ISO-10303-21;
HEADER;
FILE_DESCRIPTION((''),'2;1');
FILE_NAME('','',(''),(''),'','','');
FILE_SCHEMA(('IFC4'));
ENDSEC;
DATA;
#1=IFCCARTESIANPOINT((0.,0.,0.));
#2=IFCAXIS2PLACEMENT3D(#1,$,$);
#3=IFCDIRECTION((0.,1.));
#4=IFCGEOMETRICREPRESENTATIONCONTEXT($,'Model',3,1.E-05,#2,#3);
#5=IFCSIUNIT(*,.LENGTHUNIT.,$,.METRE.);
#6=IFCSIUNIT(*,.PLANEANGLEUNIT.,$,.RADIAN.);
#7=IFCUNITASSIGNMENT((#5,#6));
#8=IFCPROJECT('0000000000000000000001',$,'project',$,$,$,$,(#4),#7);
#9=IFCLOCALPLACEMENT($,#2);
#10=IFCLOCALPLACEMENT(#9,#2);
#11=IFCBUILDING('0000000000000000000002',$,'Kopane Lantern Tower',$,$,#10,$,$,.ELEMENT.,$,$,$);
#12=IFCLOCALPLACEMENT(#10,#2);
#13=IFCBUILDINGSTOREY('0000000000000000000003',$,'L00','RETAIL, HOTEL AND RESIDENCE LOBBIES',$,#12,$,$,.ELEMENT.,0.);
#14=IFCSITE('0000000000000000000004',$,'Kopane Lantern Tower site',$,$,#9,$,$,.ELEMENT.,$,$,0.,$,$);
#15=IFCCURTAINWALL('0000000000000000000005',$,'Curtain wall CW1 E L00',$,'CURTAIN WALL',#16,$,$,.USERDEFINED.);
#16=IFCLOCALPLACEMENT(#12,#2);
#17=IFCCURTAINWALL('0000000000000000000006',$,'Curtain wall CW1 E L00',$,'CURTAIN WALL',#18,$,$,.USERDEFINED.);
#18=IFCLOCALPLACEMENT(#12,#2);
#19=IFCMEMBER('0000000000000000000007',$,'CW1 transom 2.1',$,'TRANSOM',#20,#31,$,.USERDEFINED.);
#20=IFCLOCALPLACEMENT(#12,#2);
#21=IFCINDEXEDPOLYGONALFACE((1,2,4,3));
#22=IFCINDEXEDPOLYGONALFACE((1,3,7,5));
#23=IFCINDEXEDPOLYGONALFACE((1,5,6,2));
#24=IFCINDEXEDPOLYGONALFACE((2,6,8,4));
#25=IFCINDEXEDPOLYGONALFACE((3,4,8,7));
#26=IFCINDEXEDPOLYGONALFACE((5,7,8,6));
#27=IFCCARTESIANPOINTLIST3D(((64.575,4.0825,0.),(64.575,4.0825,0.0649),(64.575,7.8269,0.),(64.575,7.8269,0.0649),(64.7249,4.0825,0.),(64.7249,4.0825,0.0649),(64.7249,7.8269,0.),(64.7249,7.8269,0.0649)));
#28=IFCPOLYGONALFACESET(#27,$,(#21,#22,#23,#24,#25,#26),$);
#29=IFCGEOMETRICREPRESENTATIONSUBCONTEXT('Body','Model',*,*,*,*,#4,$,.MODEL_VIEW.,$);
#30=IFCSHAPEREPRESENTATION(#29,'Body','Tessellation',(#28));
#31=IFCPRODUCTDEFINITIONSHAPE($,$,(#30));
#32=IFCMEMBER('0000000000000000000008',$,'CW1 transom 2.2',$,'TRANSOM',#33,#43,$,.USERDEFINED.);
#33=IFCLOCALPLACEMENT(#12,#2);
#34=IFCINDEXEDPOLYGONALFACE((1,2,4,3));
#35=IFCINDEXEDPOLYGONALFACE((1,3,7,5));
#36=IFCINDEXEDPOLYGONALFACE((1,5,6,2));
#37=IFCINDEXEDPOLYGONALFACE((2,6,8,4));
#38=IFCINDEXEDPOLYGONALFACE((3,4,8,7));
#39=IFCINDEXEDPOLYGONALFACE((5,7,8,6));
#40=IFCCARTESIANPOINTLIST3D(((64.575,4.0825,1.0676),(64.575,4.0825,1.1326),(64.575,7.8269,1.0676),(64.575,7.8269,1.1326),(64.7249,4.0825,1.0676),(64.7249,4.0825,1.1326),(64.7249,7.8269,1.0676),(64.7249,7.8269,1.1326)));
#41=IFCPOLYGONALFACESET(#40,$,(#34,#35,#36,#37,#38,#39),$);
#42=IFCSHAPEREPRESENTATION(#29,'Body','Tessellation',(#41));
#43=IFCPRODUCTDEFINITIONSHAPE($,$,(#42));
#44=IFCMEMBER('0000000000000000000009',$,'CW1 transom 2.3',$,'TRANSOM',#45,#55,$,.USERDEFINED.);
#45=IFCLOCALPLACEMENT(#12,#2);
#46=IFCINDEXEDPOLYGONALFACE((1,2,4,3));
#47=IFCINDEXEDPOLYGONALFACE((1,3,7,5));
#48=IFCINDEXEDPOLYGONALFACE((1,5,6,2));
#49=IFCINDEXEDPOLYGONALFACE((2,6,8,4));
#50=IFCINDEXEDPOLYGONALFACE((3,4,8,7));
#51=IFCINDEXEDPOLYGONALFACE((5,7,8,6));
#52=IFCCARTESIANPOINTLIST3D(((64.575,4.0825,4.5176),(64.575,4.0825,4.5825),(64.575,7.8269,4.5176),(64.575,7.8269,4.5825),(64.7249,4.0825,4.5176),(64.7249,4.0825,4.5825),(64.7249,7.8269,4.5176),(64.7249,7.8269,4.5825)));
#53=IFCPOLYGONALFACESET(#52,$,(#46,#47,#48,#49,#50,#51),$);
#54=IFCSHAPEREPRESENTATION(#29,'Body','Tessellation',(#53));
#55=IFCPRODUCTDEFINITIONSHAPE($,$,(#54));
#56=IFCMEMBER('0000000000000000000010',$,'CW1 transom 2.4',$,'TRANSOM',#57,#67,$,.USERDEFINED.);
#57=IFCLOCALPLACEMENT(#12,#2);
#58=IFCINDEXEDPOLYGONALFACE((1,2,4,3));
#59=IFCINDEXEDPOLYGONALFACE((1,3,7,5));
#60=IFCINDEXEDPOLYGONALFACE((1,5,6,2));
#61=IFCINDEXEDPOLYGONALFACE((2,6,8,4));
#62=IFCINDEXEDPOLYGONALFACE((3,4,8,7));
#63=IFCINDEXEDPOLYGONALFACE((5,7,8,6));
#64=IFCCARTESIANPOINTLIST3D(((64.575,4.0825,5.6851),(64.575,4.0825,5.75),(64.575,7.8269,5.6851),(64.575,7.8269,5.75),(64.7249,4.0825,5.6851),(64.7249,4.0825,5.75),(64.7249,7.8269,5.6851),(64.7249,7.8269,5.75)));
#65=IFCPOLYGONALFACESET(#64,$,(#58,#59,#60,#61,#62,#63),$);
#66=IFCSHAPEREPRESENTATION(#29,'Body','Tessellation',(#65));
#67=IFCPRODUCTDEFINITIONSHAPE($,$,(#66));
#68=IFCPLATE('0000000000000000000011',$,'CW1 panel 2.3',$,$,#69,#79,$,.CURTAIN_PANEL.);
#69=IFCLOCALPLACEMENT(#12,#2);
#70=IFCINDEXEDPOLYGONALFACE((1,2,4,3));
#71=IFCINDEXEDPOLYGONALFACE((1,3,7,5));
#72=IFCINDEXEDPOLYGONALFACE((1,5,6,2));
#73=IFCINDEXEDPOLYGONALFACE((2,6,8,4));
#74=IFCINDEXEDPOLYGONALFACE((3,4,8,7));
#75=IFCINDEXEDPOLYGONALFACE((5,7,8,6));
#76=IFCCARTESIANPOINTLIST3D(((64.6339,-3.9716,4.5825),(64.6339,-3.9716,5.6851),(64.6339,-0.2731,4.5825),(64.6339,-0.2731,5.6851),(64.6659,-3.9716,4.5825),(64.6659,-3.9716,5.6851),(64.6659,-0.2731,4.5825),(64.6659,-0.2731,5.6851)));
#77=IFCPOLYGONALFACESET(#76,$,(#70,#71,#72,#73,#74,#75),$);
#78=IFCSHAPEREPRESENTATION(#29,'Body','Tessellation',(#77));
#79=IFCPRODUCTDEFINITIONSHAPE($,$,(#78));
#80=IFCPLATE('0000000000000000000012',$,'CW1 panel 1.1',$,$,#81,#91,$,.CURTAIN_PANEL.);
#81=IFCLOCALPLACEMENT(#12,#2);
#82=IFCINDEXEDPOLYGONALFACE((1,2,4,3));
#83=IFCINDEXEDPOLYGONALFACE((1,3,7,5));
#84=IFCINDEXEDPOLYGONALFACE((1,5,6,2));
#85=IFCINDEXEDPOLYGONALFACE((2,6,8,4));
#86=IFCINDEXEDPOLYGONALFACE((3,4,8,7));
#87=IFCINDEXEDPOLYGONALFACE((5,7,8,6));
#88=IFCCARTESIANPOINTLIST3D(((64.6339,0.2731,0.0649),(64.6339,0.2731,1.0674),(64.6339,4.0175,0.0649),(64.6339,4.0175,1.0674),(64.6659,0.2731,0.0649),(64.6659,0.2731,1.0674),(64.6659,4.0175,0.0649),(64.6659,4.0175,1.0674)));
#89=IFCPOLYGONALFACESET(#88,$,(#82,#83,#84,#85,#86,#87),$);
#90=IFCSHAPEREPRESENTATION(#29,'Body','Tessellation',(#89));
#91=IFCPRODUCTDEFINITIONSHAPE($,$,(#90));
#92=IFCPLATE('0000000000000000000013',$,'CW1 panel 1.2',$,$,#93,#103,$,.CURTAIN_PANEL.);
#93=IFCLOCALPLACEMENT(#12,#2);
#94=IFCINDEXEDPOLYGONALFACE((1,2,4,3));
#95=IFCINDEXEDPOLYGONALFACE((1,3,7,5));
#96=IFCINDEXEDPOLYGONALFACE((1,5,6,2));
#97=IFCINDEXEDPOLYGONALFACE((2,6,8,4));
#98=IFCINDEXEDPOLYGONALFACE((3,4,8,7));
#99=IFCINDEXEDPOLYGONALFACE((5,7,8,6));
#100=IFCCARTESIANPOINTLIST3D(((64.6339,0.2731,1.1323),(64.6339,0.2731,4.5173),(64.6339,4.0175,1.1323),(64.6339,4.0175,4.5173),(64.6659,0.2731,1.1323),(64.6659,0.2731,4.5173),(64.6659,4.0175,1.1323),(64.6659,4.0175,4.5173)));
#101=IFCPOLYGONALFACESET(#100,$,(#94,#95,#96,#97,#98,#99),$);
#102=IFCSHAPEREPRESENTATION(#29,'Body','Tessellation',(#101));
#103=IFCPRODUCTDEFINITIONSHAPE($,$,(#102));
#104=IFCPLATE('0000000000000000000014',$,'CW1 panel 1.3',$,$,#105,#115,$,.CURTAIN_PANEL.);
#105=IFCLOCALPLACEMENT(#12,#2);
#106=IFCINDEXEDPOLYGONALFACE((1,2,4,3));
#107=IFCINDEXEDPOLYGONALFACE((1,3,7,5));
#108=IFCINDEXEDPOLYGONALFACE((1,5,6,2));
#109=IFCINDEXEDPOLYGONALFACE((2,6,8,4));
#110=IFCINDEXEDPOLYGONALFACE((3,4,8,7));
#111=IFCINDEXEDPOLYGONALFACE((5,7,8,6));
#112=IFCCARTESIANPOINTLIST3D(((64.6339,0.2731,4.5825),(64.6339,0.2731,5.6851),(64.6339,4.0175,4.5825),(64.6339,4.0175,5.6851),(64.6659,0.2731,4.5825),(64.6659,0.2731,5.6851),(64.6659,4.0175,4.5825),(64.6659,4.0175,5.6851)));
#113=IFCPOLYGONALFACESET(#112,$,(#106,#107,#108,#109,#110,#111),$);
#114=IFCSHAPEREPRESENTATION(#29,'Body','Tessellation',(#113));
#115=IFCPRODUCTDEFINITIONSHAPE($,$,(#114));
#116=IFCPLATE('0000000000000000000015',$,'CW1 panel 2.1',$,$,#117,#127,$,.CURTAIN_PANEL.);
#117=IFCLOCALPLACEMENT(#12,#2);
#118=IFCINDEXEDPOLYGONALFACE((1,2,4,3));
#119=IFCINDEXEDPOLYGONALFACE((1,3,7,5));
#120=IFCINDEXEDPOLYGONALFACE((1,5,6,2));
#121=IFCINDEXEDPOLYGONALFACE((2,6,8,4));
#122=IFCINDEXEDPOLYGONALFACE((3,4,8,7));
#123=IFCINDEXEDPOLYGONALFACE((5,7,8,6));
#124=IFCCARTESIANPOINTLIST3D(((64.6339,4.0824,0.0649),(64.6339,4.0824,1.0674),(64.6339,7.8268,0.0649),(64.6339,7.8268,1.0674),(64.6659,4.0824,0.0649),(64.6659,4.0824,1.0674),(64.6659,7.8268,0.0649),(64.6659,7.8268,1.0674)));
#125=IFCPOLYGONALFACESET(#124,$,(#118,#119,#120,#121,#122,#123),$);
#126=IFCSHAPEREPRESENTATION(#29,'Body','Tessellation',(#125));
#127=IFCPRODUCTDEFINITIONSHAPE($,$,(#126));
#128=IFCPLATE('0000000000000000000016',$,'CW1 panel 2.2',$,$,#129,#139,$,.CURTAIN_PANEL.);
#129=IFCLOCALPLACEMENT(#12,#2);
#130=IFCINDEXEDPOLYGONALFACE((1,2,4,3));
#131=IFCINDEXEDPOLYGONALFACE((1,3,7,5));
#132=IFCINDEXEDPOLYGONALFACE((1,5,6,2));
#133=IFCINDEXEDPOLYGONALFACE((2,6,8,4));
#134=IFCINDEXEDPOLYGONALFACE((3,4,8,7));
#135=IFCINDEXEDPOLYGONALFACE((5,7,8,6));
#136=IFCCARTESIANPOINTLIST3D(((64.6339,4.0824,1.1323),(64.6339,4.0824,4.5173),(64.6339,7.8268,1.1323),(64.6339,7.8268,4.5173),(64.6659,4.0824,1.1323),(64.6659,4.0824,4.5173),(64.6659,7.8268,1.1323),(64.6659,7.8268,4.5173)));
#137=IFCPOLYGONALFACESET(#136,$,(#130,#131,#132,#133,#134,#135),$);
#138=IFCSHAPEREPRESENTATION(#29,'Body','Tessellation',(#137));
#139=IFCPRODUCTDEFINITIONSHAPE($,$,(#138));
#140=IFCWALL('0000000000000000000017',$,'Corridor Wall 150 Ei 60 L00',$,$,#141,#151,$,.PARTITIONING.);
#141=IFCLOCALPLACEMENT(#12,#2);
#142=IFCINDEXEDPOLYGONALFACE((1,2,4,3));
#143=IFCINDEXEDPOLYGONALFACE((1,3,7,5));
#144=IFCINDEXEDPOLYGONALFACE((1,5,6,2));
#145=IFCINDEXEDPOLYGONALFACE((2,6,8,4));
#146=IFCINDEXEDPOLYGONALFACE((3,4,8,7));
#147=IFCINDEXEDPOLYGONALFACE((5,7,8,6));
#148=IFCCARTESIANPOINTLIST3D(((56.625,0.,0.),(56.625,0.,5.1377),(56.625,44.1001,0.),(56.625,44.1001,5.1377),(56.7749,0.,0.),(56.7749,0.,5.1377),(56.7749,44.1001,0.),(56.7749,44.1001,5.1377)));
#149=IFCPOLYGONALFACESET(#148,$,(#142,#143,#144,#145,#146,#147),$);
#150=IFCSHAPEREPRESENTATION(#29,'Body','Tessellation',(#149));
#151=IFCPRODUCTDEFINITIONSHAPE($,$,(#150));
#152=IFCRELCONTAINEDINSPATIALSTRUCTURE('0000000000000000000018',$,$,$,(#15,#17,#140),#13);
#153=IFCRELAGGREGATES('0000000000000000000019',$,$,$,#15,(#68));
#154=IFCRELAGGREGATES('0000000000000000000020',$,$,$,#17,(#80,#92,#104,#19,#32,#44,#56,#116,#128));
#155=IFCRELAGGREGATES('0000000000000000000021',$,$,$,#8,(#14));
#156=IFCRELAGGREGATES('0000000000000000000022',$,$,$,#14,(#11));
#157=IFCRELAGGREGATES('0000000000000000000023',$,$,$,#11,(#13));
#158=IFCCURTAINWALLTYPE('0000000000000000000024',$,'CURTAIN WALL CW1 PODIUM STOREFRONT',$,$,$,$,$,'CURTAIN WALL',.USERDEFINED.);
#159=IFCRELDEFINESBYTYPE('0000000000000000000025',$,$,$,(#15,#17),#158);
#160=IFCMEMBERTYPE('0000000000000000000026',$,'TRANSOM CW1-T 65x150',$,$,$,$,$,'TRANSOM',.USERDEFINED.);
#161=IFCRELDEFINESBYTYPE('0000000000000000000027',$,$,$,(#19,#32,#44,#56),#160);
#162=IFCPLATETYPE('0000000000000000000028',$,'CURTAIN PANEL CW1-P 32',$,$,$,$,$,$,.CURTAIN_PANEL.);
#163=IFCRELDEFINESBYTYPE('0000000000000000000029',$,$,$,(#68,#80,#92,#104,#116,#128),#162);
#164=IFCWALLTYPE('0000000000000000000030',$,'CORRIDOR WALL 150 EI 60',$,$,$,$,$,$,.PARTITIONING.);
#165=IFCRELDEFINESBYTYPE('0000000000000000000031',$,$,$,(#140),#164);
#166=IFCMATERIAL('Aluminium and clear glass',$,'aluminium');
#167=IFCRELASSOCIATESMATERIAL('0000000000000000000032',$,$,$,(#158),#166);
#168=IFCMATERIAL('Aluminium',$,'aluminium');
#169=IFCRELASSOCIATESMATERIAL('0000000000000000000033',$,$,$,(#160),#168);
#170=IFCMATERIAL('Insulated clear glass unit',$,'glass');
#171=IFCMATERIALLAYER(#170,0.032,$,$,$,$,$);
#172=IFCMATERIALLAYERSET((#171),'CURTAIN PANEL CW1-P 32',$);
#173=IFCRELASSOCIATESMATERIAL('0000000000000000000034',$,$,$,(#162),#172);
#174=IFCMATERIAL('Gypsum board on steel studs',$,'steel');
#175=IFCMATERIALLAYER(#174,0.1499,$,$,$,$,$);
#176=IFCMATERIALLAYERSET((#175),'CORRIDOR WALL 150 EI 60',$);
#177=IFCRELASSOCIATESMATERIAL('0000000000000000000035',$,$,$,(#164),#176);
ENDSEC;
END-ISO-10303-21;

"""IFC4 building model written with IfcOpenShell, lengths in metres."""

from ifc_helpers import new_model, si_unit, direction, frame, frame_2d, origin, origin_2d, place, context, subcontext, project, spatial, rectangle, extrude, material, layer, layer_set, material_profile, profile_set, type_object, element, aggregate, save


model = new_model("IFC4")

# Units and contexts
model_context = context("Model", 3, precision=1e-05, world=origin(), true_north=direction((0.0, 1.0)))
body_context = subcontext(model_context, "Body", "Model", "MODEL_VIEW")
ifc_project = project(units=[si_unit("LENGTHUNIT", "METRE"), si_unit("PLANEANGLEUNIT", "RADIAN")], contexts=[model_context])

# Site, building, storey
site_placement = place(None, origin())
site = spatial("IfcSite", under=ifc_project, at=site_placement, Name="Kopane Lantern Tower site", CompositionType="ELEMENT", RefElevation=0.0)
building_placement = place(site_placement, origin())
building = spatial("IfcBuilding", under=site, at=building_placement, Name="Kopane Lantern Tower", CompositionType="ELEMENT")
storey_placement = place(building_placement, origin())
storey = spatial("IfcBuildingStorey", under=building, at=storey_placement, Name="L00", Description="RETAIL, HOTEL AND RESIDENCE LOBBIES", CompositionType="ELEMENT", Elevation=0.0)

# Curtain wall
ifc_material_1 = material(Name="Aluminium and clear glass", Category="aluminium")
curtain_wall_type = type_object("IfcCurtainWallType", Name="CURTAIN WALL CW1 PODIUM STOREFRONT", ElementType="CURTAIN WALL", PredefinedType="USERDEFINED", material=ifc_material_1)
curtain_wall_1_placement = place(storey_placement, origin())
curtain_wall_1 = element("IfcCurtainWall", 1, at=curtain_wall_1_placement, inside=storey, type_object=curtain_wall_type, Name="Curtain wall CW1 E L00", ObjectType="CURTAIN WALL", PredefinedType="USERDEFINED")

# Curtain wall, members
curtain_wall_2_placement = place(storey_placement, origin())
curtain_wall_2 = element("IfcCurtainWall", 2, at=curtain_wall_2_placement, inside=storey, type_object=curtain_wall_type, Name="Curtain wall CW1 E L00", ObjectType="CURTAIN WALL", PredefinedType="USERDEFINED")
ifc_material_2 = material(Name="Aluminium", Category="aluminium")
ifc_material_profile_1 = material_profile(ifc_material_2, rectangle(XDim=0.1499, YDim=0.0649, at=origin_2d()), Name="AL 150x65")
ifc_profile_set_1 = profile_set([ifc_material_profile_1], Name="Aluminium")
member_type_1 = type_object("IfcMemberType", Name="TRANSOM CW1-T 65x150", ElementType="TRANSOM", PredefinedType="USERDEFINED", material=ifc_profile_set_1)
member_1_placement = place(storey_placement, frame((64.6499, 4.0825, 0.0325), z_axis=(0.0, 1.0, 0.0), x_axis=(-1.0, 0.0, 0.0)))
member_1 = element("IfcMember", 3, at=member_1_placement, type_object=member_type_1, Name="CW1 transom 2.1", ObjectType="TRANSOM", PredefinedType="USERDEFINED", context=body_context, shape_type="SweptSolid", body=[
    extrude(rectangle(XDim=0.1499, YDim=0.0649, at=origin_2d()), origin(), (0.0, 0.0, 1.0), 3.7444),
])
member_2_placement = place(storey_placement, frame((64.6499, 4.0825, 1.1001), z_axis=(0.0, 1.0, 0.0), x_axis=(-1.0, 0.0, 0.0)))
member_2 = element("IfcMember", 4, at=member_2_placement, type_object=member_type_1, Name="CW1 transom 2.2", ObjectType="TRANSOM", PredefinedType="USERDEFINED", context=body_context, shape_type="SweptSolid", body=[
    extrude(rectangle(XDim=0.1499, YDim=0.0649, at=origin_2d()), origin(), (0.0, 0.0, 1.0), 3.7444),
])
member_3_placement = place(storey_placement, frame((64.6499, 4.0825, 4.55), z_axis=(0.0, 1.0, 0.0), x_axis=(-1.0, 0.0, 0.0)))
member_3 = element("IfcMember", 5, at=member_3_placement, type_object=member_type_1, Name="CW1 transom 2.3", ObjectType="TRANSOM", PredefinedType="USERDEFINED", context=body_context, shape_type="SweptSolid", body=[
    extrude(rectangle(XDim=0.1499, YDim=0.0649, at=origin_2d()), origin(), (0.0, 0.0, 1.0), 3.7444),
])
member_4_placement = place(storey_placement, frame((64.6499, 4.0825, 5.7175), z_axis=(0.0, 1.0, 0.0), x_axis=(-1.0, 0.0, 0.0)))
member_4 = element("IfcMember", 6, at=member_4_placement, type_object=member_type_1, Name="CW1 transom 2.4", ObjectType="TRANSOM", PredefinedType="USERDEFINED", context=body_context, shape_type="SweptSolid", body=[
    extrude(rectangle(XDim=0.1499, YDim=0.0649, at=origin_2d()), origin(), (0.0, 0.0, 1.0), 3.7444),
])

# Plates
ifc_material_3 = material(Name="Insulated clear glass unit", Category="glass")
ifc_layer_1 = layer(ifc_material_3, 0.032)
ifc_layer_set_1 = layer_set([ifc_layer_1], Name="CURTAIN PANEL CW1-P 32")
plate_type = type_object("IfcPlateType", Name="CURTAIN PANEL CW1-P 32", PredefinedType="CURTAIN_PANEL", material=ifc_layer_set_1)
plate_1_placement = place(storey_placement, frame((64.6499, -2.1223, 4.5825), z_axis=(0.0, 0.0, 1.0), x_axis=(0.0, 1.0, 0.0)))
plate_1 = element("IfcPlate", 7, at=plate_1_placement, type_object=plate_type, Name="CW1 panel 2.3", PredefinedType="CURTAIN_PANEL", context=body_context, shape_type="SweptSolid", body=[
    extrude(rectangle(XDim=3.6985, YDim=0.032, at=origin_2d()), origin(), (0.0, 0.0, 1.0), 1.1025),
])
aggregate(curtain_wall_1, [plate_1])
plate_2_placement = place(storey_placement, frame((64.6499, 2.1453, 0.0649), z_axis=(0.0, 0.0, 1.0), x_axis=(0.0, 1.0, 0.0)))
plate_2 = element("IfcPlate", 8, at=plate_2_placement, type_object=plate_type, Name="CW1 panel 1.1", PredefinedType="CURTAIN_PANEL", context=body_context, shape_type="SweptSolid", body=[
    extrude(rectangle(XDim=3.7444, YDim=0.032, at=origin_2d()), origin(), (0.0, 0.0, 1.0), 1.0024),
])
plate_3_placement = place(storey_placement, frame((64.6499, 2.1453, 1.1323), z_axis=(0.0, 0.0, 1.0), x_axis=(0.0, 1.0, 0.0)))
plate_3 = element("IfcPlate", 9, at=plate_3_placement, type_object=plate_type, Name="CW1 panel 1.2", PredefinedType="CURTAIN_PANEL", context=body_context, shape_type="SweptSolid", body=[
    extrude(rectangle(XDim=3.7444, YDim=0.032, at=origin_2d()), origin(), (0.0, 0.0, 1.0), 3.385),
])
plate_4_placement = place(storey_placement, frame((64.6499, 2.1453, 4.5825), z_axis=(0.0, 0.0, 1.0), x_axis=(0.0, 1.0, 0.0)))
plate_4 = element("IfcPlate", 10, at=plate_4_placement, type_object=plate_type, Name="CW1 panel 1.3", PredefinedType="CURTAIN_PANEL", context=body_context, shape_type="SweptSolid", body=[
    extrude(rectangle(XDim=3.7444, YDim=0.032, at=origin_2d()), origin(), (0.0, 0.0, 1.0), 1.1025),
])
plate_5_placement = place(storey_placement, frame((64.6499, 5.9546, 0.0649), z_axis=(0.0, 0.0, 1.0), x_axis=(0.0, 1.0, 0.0)))
plate_5 = element("IfcPlate", 11, at=plate_5_placement, type_object=plate_type, Name="CW1 panel 2.1", PredefinedType="CURTAIN_PANEL", context=body_context, shape_type="SweptSolid", body=[
    extrude(rectangle(XDim=3.7444, YDim=0.032, at=origin_2d()), origin(), (0.0, 0.0, 1.0), 1.0024),
])
plate_6_placement = place(storey_placement, frame((64.6499, 5.9546, 1.1323), z_axis=(0.0, 0.0, 1.0), x_axis=(0.0, 1.0, 0.0)))
plate_6 = element("IfcPlate", 12, at=plate_6_placement, type_object=plate_type, Name="CW1 panel 2.2", PredefinedType="CURTAIN_PANEL", context=body_context, shape_type="SweptSolid", body=[
    extrude(rectangle(XDim=3.7444, YDim=0.032, at=origin_2d()), origin(), (0.0, 0.0, 1.0), 3.385),
])
aggregate(curtain_wall_2, [plate_2, plate_3, plate_4, member_1, member_2, member_3, member_4, plate_5, plate_6])

# Wall
ifc_material_4 = material(Name="Gypsum board on steel studs", Category="steel")
ifc_layer_2 = layer(ifc_material_4, 0.1499)
ifc_layer_set_2 = layer_set([ifc_layer_2], Name="CORRIDOR WALL 150 EI 60")
wall_type_1 = type_object("IfcWallType", Name="CORRIDOR WALL 150 EI 60", PredefinedType="PARTITIONING", material=ifc_layer_set_2)
wall_1_placement = place(storey_placement, frame((56.7, 0.0, 0.0), z_axis=(0.0, 0.0, 1.0), x_axis=(0.0, 1.0, 0.0)))
element("IfcWall", 13, at=wall_1_placement, inside=storey, type_object=wall_type_1, Name="Corridor Wall 150 Ei 60 L00", PredefinedType="PARTITIONING", context=body_context, shape_type="SweptSolid", body=[
    extrude(rectangle(XDim=44.1001, YDim=0.1499, at=frame_2d((22.05, 0.0))), origin(), (0.0, 0.0, 1.0), 5.1377),
])

save(model, "model.ifc")
